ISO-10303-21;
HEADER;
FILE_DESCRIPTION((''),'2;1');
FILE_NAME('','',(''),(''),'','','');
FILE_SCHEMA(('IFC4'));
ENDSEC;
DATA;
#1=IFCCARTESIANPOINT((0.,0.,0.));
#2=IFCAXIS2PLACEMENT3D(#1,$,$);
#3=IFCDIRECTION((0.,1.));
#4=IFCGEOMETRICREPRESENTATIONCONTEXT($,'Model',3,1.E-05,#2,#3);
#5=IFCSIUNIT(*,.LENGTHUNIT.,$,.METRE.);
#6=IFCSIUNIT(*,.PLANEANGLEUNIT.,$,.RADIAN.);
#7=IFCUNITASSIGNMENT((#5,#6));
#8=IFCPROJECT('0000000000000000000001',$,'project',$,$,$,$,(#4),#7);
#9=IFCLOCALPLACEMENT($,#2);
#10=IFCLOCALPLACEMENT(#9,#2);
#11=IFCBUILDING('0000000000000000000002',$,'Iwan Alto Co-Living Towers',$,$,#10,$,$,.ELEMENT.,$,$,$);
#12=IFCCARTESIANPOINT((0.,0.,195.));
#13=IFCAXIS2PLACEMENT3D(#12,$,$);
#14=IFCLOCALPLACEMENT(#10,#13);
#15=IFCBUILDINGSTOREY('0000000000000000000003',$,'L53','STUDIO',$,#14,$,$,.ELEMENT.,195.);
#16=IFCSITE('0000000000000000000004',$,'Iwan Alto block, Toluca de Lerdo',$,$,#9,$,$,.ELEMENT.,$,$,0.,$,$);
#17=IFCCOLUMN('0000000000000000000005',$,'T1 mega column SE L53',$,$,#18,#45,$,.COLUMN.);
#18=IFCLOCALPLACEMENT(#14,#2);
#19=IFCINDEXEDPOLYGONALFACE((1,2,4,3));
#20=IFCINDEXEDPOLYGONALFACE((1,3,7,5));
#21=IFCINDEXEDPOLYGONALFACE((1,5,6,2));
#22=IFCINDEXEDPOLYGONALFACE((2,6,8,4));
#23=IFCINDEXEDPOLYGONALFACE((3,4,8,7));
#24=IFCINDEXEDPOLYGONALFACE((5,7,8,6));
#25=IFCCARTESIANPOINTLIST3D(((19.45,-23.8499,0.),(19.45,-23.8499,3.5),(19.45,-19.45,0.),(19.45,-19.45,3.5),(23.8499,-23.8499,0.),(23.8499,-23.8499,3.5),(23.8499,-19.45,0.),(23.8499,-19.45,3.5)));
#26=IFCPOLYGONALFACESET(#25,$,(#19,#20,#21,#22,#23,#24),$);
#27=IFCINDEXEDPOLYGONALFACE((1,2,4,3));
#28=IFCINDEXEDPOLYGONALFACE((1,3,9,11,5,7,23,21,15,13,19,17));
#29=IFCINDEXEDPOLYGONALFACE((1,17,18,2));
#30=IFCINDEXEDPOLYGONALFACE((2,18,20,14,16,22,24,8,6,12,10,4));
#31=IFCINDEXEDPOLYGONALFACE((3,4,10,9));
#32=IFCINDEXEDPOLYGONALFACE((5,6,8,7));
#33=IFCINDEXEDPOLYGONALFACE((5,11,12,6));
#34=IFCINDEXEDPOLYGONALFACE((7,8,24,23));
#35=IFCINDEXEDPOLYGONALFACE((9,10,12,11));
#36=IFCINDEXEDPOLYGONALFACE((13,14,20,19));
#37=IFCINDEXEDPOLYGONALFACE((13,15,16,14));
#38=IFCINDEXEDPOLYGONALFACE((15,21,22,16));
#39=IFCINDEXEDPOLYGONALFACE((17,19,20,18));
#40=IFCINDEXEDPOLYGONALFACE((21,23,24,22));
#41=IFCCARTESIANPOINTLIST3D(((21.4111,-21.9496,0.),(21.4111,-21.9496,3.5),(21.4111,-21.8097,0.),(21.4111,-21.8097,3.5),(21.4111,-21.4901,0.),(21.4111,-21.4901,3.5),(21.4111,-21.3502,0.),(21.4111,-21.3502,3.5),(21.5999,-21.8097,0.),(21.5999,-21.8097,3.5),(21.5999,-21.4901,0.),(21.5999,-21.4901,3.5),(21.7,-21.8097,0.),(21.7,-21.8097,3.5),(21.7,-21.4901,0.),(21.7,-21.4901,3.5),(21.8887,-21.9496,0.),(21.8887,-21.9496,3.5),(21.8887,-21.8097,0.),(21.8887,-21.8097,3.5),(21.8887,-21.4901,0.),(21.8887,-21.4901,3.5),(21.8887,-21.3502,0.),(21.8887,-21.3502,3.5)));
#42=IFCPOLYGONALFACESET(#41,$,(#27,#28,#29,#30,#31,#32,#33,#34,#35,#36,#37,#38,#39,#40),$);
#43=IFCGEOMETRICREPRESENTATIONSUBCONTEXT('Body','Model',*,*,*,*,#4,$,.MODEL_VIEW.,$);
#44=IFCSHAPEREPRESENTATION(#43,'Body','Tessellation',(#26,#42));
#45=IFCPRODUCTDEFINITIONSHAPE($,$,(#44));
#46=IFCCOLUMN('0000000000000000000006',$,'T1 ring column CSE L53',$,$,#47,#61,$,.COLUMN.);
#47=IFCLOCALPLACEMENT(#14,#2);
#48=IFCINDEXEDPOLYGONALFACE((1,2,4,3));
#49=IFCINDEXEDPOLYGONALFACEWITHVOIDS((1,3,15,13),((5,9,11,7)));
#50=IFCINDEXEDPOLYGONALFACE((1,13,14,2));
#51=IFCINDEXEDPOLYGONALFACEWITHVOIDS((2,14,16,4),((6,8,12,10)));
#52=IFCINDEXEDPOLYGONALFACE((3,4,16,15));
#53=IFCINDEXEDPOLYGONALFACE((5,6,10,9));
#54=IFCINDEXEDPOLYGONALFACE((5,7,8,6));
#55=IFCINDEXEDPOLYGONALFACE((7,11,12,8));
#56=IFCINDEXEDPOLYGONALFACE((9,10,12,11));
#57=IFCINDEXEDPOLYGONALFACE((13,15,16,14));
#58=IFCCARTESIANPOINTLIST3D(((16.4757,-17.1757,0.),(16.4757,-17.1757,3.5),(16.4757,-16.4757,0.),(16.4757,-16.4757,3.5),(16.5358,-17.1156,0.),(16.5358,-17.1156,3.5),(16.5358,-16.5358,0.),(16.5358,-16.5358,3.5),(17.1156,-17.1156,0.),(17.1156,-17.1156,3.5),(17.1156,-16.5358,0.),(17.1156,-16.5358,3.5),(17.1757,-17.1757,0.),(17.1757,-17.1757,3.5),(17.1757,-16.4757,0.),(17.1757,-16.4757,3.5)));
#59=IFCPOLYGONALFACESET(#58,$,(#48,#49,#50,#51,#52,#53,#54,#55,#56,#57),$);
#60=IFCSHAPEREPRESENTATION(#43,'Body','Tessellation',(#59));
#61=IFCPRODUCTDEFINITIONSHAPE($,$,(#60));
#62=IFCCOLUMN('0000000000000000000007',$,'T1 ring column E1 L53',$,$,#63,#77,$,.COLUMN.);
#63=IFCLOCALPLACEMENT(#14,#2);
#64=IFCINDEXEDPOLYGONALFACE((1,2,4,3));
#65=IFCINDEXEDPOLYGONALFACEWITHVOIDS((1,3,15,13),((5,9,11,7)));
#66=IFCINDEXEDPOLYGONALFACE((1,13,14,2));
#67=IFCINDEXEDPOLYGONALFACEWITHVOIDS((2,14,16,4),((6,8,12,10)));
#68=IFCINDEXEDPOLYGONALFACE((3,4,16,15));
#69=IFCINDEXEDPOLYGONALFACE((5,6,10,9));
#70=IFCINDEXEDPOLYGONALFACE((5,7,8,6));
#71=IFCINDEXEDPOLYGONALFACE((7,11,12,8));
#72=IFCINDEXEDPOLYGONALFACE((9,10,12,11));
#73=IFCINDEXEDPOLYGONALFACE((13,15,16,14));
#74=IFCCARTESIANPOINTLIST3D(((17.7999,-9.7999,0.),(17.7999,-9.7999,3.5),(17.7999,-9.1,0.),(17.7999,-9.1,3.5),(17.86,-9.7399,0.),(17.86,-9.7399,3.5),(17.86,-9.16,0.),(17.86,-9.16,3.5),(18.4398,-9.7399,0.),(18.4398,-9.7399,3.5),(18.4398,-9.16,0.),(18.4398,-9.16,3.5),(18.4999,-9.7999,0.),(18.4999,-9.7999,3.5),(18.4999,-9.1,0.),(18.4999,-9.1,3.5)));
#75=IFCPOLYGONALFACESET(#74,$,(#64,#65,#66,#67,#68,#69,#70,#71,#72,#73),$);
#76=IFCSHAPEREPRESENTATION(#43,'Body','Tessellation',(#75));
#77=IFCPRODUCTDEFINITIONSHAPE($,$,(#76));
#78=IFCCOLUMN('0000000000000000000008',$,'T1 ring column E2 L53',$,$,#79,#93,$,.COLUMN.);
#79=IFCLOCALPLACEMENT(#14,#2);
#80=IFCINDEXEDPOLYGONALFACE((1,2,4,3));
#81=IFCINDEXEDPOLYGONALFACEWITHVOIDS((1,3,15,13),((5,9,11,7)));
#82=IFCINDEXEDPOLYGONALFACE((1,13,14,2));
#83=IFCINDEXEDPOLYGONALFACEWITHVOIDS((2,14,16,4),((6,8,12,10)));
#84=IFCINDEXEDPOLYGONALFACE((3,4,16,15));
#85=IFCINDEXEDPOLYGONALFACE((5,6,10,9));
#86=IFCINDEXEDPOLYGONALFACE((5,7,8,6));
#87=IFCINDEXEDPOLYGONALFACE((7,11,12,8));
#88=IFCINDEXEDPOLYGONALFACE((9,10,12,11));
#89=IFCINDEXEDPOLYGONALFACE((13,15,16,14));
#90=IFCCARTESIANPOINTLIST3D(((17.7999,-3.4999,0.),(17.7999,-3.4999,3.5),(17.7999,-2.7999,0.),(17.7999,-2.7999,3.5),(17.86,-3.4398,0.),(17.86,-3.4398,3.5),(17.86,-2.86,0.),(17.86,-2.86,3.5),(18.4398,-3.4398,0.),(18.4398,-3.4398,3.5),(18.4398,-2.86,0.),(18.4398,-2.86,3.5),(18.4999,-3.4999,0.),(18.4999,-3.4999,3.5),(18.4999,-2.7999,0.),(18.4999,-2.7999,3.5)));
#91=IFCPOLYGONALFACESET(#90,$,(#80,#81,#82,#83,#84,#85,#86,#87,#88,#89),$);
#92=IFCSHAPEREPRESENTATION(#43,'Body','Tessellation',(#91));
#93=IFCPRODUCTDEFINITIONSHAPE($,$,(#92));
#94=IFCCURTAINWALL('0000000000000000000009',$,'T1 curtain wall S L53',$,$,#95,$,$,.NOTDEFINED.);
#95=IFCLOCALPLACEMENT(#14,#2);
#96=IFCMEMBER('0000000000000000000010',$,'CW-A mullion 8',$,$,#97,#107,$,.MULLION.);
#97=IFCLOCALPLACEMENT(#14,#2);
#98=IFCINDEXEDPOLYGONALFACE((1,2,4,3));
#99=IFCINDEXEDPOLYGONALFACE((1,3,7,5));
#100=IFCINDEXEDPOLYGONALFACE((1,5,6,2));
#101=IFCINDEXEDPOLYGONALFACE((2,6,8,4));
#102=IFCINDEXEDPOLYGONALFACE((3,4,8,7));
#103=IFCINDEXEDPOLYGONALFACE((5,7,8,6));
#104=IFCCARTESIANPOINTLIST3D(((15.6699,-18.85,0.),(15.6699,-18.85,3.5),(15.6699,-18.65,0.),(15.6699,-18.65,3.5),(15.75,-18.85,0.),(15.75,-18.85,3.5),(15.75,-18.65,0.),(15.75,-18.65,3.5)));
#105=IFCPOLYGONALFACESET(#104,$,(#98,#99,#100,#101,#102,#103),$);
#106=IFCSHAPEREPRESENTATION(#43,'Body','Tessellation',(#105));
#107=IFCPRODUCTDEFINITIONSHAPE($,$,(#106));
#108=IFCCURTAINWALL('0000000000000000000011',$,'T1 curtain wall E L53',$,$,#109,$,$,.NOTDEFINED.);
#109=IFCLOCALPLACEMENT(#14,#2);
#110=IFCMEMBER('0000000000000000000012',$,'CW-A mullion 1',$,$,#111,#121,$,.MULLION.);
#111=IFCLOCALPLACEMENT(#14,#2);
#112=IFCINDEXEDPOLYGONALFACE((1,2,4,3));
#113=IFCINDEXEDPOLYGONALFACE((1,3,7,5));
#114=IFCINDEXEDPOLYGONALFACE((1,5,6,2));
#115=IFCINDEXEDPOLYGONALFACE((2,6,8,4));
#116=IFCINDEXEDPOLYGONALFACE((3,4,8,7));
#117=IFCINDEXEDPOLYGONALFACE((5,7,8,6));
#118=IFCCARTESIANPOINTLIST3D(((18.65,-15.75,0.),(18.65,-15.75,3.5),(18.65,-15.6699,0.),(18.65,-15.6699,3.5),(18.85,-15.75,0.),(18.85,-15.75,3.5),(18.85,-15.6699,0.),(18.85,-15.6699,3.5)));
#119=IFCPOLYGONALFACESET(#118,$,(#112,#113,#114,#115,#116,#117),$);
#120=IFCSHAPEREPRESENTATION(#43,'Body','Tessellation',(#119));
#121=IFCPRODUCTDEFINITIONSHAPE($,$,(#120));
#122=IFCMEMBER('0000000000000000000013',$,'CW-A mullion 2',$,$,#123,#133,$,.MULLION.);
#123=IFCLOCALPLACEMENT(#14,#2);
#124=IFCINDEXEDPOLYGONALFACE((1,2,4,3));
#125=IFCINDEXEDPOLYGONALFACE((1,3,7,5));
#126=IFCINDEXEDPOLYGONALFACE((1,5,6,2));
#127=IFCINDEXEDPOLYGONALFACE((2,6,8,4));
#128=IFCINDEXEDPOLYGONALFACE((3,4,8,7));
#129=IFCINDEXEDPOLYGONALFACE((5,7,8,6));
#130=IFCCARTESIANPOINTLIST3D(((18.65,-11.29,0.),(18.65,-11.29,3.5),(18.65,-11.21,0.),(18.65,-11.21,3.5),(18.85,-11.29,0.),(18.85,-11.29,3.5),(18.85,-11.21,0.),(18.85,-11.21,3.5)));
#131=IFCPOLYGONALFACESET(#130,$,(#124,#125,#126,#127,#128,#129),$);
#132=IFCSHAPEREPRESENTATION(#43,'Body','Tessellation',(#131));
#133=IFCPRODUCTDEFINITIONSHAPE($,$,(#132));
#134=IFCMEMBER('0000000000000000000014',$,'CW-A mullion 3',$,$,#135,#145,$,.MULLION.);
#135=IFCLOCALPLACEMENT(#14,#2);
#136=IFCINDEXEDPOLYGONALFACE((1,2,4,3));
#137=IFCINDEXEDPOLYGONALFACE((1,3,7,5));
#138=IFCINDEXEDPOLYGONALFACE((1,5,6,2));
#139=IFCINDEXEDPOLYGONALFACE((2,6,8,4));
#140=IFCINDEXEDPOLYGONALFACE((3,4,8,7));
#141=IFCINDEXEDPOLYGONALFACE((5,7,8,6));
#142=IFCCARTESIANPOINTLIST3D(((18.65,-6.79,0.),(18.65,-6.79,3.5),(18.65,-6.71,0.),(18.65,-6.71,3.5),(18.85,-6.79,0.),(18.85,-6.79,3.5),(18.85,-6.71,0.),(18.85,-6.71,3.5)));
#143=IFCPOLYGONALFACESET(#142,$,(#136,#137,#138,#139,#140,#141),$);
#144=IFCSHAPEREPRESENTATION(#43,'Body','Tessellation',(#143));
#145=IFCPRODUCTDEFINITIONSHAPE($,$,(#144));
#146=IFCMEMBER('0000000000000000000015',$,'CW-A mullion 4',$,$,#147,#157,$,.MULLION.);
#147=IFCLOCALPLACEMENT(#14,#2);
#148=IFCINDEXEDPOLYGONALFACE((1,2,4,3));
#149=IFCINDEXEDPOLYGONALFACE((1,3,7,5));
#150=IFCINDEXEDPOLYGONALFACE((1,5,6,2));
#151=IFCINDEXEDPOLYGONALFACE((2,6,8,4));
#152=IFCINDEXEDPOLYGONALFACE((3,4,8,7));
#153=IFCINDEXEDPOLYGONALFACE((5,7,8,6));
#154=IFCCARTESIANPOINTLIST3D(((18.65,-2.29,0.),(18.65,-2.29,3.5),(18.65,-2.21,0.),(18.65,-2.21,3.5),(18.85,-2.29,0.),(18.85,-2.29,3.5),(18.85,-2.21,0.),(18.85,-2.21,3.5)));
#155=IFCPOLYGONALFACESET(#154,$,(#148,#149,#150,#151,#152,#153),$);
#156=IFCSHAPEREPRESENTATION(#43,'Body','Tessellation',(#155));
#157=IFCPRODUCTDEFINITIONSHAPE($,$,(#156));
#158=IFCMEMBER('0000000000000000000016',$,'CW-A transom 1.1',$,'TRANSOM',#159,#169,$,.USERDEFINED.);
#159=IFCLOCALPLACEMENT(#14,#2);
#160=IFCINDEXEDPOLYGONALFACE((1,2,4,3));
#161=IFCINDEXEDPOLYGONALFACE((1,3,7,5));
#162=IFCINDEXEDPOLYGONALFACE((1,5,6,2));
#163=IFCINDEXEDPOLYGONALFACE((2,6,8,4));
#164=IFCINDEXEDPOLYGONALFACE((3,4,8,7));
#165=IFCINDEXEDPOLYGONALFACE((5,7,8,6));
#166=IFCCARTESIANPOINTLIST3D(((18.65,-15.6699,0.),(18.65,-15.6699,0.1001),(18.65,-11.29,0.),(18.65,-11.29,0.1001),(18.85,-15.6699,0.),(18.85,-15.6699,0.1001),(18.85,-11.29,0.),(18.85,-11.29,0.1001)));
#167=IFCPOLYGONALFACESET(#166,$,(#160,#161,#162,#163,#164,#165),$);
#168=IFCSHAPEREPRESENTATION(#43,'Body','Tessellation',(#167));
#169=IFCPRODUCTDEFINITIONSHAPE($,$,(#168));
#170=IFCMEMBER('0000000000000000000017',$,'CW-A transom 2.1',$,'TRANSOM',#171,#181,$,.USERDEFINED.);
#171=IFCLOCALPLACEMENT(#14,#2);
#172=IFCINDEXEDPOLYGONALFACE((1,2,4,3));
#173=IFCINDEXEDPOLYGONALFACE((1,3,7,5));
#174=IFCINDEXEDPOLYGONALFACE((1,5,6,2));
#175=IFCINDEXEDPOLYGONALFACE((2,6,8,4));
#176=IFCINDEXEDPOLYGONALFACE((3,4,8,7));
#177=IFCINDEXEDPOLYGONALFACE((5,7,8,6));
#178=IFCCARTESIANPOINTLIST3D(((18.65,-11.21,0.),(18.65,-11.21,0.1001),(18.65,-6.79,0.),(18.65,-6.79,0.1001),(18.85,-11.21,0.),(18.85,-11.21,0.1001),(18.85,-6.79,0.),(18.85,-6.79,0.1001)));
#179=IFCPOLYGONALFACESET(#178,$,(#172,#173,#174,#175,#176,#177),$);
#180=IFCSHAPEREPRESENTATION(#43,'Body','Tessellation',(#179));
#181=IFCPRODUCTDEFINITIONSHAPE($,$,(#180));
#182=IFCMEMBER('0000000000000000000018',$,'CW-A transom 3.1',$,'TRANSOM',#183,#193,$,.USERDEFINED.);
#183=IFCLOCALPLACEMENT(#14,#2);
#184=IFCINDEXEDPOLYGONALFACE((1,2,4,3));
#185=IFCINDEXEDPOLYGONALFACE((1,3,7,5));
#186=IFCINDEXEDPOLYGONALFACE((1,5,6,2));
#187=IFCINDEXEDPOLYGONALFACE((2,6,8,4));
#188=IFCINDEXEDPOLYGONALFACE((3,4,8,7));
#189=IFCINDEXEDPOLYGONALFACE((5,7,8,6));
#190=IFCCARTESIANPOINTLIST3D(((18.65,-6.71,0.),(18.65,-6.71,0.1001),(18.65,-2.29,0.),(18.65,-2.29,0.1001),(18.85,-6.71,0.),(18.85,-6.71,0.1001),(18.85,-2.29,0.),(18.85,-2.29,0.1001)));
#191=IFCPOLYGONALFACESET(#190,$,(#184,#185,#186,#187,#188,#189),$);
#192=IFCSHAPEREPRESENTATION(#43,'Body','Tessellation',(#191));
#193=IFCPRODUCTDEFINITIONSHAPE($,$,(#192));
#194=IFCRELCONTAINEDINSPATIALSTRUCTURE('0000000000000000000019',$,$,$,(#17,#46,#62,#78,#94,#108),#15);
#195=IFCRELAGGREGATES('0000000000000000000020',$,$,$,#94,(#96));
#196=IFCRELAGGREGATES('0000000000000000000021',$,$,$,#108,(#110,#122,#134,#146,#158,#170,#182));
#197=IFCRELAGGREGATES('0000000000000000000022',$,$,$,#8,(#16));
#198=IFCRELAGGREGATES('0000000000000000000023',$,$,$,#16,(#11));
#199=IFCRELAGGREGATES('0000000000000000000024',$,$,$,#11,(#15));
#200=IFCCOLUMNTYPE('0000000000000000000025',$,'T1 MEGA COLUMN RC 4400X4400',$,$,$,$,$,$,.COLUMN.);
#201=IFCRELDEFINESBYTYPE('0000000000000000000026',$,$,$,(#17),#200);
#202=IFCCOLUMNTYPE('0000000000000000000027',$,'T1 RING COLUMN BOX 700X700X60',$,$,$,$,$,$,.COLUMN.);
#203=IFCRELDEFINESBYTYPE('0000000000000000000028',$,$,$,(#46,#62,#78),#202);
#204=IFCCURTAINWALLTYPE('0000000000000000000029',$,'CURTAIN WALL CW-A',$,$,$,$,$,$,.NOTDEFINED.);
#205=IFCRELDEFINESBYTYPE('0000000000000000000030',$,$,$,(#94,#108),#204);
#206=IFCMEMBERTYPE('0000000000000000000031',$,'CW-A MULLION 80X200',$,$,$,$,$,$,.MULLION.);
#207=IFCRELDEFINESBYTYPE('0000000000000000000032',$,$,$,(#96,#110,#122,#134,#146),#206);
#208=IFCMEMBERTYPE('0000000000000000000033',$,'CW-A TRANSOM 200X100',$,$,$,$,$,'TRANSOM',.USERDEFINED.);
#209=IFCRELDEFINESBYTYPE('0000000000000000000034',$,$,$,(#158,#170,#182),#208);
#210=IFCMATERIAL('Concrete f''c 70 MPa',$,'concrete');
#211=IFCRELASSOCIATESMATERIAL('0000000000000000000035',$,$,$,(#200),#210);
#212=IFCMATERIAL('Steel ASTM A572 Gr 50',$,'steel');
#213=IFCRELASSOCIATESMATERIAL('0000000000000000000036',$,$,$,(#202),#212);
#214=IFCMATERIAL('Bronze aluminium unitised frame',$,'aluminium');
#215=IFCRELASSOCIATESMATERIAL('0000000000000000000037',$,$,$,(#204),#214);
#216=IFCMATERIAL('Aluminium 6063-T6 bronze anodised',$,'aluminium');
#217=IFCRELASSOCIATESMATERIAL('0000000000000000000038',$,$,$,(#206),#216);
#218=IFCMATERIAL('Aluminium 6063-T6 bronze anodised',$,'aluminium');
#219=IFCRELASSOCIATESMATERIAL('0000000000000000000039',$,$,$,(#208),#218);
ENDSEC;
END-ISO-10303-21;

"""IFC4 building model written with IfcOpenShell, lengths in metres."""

from ifc_helpers import new_model, si_unit, direction, frame, origin, origin_2d, place, context, subcontext, project, spatial, rectangle, hollow_rectangle, i_section, extrude, material, material_profile, profile_set, type_object, element, aggregate, save


model = new_model("IFC4")

# Units and contexts
model_context = context("Model", 3, precision=1e-05, world=origin(), true_north=direction((0.0, 1.0)))
body_context = subcontext(model_context, "Body", "Model", "MODEL_VIEW")
ifc_project = project(units=[si_unit("LENGTHUNIT", "METRE"), si_unit("PLANEANGLEUNIT", "RADIAN")], contexts=[model_context])

# Site, building, storey
site_placement = place(None, origin())
site = spatial("IfcSite", under=ifc_project, at=site_placement, Name="Iwan Alto block, Toluca de Lerdo", CompositionType="ELEMENT", RefElevation=0.0)
building_placement = place(site_placement, origin())
building = spatial("IfcBuilding", under=site, at=building_placement, Name="Iwan Alto Co-Living Towers", CompositionType="ELEMENT")
storey_placement = place(building_placement, frame((0.0, 0.0, 195.0)))
storey = spatial("IfcBuildingStorey", under=building, at=storey_placement, Name="L53", Description="STUDIO", CompositionType="ELEMENT", Elevation=195.0)

# Columns
ifc_material_1 = material(Name="Concrete f'c 70 MPa", Category="concrete")
ifc_material_profile_1 = material_profile(ifc_material_1, rectangle(XDim=4.3999, YDim=4.3999, at=origin_2d()), Name="RC 4400X4400")
ifc_profile_set_1 = profile_set([ifc_material_profile_1], Name="Concrete f'c 70 MPa")
column_type_1 = type_object("IfcColumnType", Name="T1 MEGA COLUMN RC 4400X4400", PredefinedType="COLUMN", material=ifc_profile_set_1)
column_placement = place(storey_placement, frame((21.6499, -21.6499, 0.0), z_axis=(0.0, 0.0, 1.0), x_axis=(1.0, 0.0, 0.0)))
element("IfcColumn", 1, at=column_placement, inside=storey, type_object=column_type_1, Name="T1 mega column SE L53", PredefinedType="COLUMN", context=body_context, shape_type="SweptSolid", body=[
    extrude(rectangle(XDim=4.3999, YDim=4.3999, at=origin_2d()), origin(), (0.0, 0.0, 1.0), 3.5),
    extrude(i_section(OverallWidth=0.4775, OverallDepth=0.5994, WebThickness=0.1001, FlangeThickness=0.1399, at=origin_2d()), origin(), (0.0, 0.0, 1.0), 3.5),
])
ifc_material_2 = material(Name="Steel ASTM A572 Gr 50", Category="steel")
ifc_material_profile_2 = material_profile(ifc_material_2, hollow_rectangle(XDim=0.7, YDim=0.7, WallThickness=0.0601, at=origin_2d()), Name="BOX 700X700X60")
ifc_profile_set_2 = profile_set([ifc_material_profile_2], Name="Steel ASTM A572 Gr 50")
column_type_2 = type_object("IfcColumnType", Name="T1 RING COLUMN BOX 700X700X60", PredefinedType="COLUMN", material=ifc_profile_set_2)
for number, where, z_axis, x_axis, name in (
    (2, (16.8257, -16.8257, 0.0), (0.0, 0.0, 1.0), (1.0, 0.0, 0.0), "T1 ring column CSE L53"),
    (3, (18.1499, -9.45, 0.0), (0.0, 0.0, 1.0), (1.0, 0.0, 0.0), "T1 ring column E1 L53"),
    (4, (18.1499, -3.1499, 0.0), (0.0, 0.0, 1.0), (1.0, 0.0, 0.0), "T1 ring column E2 L53"),
):
    element("IfcColumn", number, at=place(storey_placement, frame(where, z_axis=z_axis, x_axis=x_axis)), inside=storey, type_object=column_type_2, Name=name, PredefinedType="COLUMN", context=body_context, shape_type="SweptSolid", body=[
        extrude(hollow_rectangle(XDim=0.7, YDim=0.7, WallThickness=0.0601, at=origin_2d()), origin(), (0.0, 0.0, 1.0), 3.5),
    ])

# Curtain wall, member
ifc_material_3 = material(Name="Bronze aluminium unitised frame", Category="aluminium")
curtain_wall_type_1 = type_object("IfcCurtainWallType", Name="CURTAIN WALL CW-A", PredefinedType="NOTDEFINED", material=ifc_material_3)
curtain_wall_1_placement = place(storey_placement, origin())
curtain_wall_1 = element("IfcCurtainWall", 5, at=curtain_wall_1_placement, inside=storey, type_object=curtain_wall_type_1, Name="T1 curtain wall S L53", PredefinedType="NOTDEFINED")
ifc_material_4 = material(Name="Aluminium 6063-T6 bronze anodised", Category="aluminium")
ifc_material_profile_3 = material_profile(ifc_material_4, rectangle(XDim=0.2, YDim=0.0801, at=origin_2d()), Name="AL 80X200")
ifc_profile_set_3 = profile_set([ifc_material_profile_3], Name="Aluminium 6063-T6 bronze anodised")
member_type_1 = type_object("IfcMemberType", Name="CW-A MULLION 80X200", PredefinedType="MULLION", material=ifc_profile_set_3)
member_1_placement = place(storey_placement, frame((15.71, -18.75, 0.0), z_axis=(0.0, 0.0, 1.0), x_axis=(0.0, 1.0, 0.0)))
member_1 = element("IfcMember", 6, at=member_1_placement, type_object=member_type_1, Name="CW-A mullion 8", PredefinedType="MULLION", context=body_context, shape_type="SweptSolid", body=[
    extrude(rectangle(XDim=0.2, YDim=0.0801, at=origin_2d()), origin(), (0.0, 0.0, 1.0), 3.5),
])

# Curtain wall, members
curtain_wall_2_placement = place(storey_placement, origin())
curtain_wall_2 = element("IfcCurtainWall", 7, at=curtain_wall_2_placement, inside=storey, type_object=curtain_wall_type_1, Name="T1 curtain wall E L53", PredefinedType="NOTDEFINED")
member_2_placement = place(storey_placement, frame((18.75, -15.71, 0.0), z_axis=(0.0, 0.0, 1.0), x_axis=(-1.0, 0.0, 0.0)))
member_2 = element("IfcMember", 8, at=member_2_placement, type_object=member_type_1, Name="CW-A mullion 1", PredefinedType="MULLION", context=body_context, shape_type="SweptSolid", body=[
    extrude(rectangle(XDim=0.2, YDim=0.0801, at=origin_2d()), origin(), (0.0, 0.0, 1.0), 3.5),
])
member_3_placement = place(storey_placement, frame((18.75, -11.25, 0.0), z_axis=(0.0, 0.0, 1.0), x_axis=(-1.0, 0.0, 0.0)))
member_3 = element("IfcMember", 9, at=member_3_placement, type_object=member_type_1, Name="CW-A mullion 2", PredefinedType="MULLION", context=body_context, shape_type="SweptSolid", body=[
    extrude(rectangle(XDim=0.2, YDim=0.0801, at=origin_2d()), origin(), (0.0, 0.0, 1.0), 3.5),
])
member_4_placement = place(storey_placement, frame((18.75, -6.75, 0.0), z_axis=(0.0, 0.0, 1.0), x_axis=(-1.0, 0.0, 0.0)))
member_4 = element("IfcMember", 10, at=member_4_placement, type_object=member_type_1, Name="CW-A mullion 3", PredefinedType="MULLION", context=body_context, shape_type="SweptSolid", body=[
    extrude(rectangle(XDim=0.2, YDim=0.0801, at=origin_2d()), origin(), (0.0, 0.0, 1.0), 3.5),
])
member_5_placement = place(storey_placement, frame((18.75, -2.25, 0.0), z_axis=(0.0, 0.0, 1.0), x_axis=(-1.0, 0.0, 0.0)))
member_5 = element("IfcMember", 11, at=member_5_placement, type_object=member_type_1, Name="CW-A mullion 4", PredefinedType="MULLION", context=body_context, shape_type="SweptSolid", body=[
    extrude(rectangle(XDim=0.2, YDim=0.0801, at=origin_2d()), origin(), (0.0, 0.0, 1.0), 3.5),
])
ifc_material_5 = material(Name="Aluminium 6063-T6 bronze anodised", Category="aluminium")
ifc_material_profile_4 = material_profile(ifc_material_5, rectangle(XDim=0.2, YDim=0.1001, at=origin_2d()), Name="AL 200X100")
ifc_profile_set_4 = profile_set([ifc_material_profile_4], Name="Aluminium 6063-T6 bronze anodised")
member_type_2 = type_object("IfcMemberType", Name="CW-A TRANSOM 200X100", ElementType="TRANSOM", PredefinedType="USERDEFINED", material=ifc_profile_set_4)
member_6_placement = place(storey_placement, frame((18.75, -15.6699, 0.05), z_axis=(0.0, 1.0, 0.0), x_axis=(-1.0, 0.0, 0.0)))
member_6 = element("IfcMember", 12, at=member_6_placement, type_object=member_type_2, Name="CW-A transom 1.1", ObjectType="TRANSOM", PredefinedType="USERDEFINED", context=body_context, shape_type="SweptSolid", body=[
    extrude(rectangle(XDim=0.2, YDim=0.1001, at=origin_2d()), origin(), (0.0, 0.0, 1.0), 4.3799),
])
member_7_placement = place(storey_placement, frame((18.75, -11.21, 0.05), z_axis=(0.0, 1.0, 0.0), x_axis=(-1.0, 0.0, 0.0)))
member_7 = element("IfcMember", 13, at=member_7_placement, type_object=member_type_2, Name="CW-A transom 2.1", ObjectType="TRANSOM", PredefinedType="USERDEFINED", context=body_context, shape_type="SweptSolid", body=[
    extrude(rectangle(XDim=0.2, YDim=0.1001, at=origin_2d()), origin(), (0.0, 0.0, 1.0), 4.4199),
])
member_8_placement = place(storey_placement, frame((18.75, -6.71, 0.05), z_axis=(0.0, 1.0, 0.0), x_axis=(-1.0, 0.0, 0.0)))
member_8 = element("IfcMember", 14, at=member_8_placement, type_object=member_type_2, Name="CW-A transom 3.1", ObjectType="TRANSOM", PredefinedType="USERDEFINED", context=body_context, shape_type="SweptSolid", body=[
    extrude(rectangle(XDim=0.2, YDim=0.1001, at=origin_2d()), origin(), (0.0, 0.0, 1.0), 4.4199),
])

aggregate(curtain_wall_1, [member_1])
aggregate(curtain_wall_2, [member_2, member_3, member_4, member_5, member_6, member_7, member_8])

save(model, "model.ifc")
